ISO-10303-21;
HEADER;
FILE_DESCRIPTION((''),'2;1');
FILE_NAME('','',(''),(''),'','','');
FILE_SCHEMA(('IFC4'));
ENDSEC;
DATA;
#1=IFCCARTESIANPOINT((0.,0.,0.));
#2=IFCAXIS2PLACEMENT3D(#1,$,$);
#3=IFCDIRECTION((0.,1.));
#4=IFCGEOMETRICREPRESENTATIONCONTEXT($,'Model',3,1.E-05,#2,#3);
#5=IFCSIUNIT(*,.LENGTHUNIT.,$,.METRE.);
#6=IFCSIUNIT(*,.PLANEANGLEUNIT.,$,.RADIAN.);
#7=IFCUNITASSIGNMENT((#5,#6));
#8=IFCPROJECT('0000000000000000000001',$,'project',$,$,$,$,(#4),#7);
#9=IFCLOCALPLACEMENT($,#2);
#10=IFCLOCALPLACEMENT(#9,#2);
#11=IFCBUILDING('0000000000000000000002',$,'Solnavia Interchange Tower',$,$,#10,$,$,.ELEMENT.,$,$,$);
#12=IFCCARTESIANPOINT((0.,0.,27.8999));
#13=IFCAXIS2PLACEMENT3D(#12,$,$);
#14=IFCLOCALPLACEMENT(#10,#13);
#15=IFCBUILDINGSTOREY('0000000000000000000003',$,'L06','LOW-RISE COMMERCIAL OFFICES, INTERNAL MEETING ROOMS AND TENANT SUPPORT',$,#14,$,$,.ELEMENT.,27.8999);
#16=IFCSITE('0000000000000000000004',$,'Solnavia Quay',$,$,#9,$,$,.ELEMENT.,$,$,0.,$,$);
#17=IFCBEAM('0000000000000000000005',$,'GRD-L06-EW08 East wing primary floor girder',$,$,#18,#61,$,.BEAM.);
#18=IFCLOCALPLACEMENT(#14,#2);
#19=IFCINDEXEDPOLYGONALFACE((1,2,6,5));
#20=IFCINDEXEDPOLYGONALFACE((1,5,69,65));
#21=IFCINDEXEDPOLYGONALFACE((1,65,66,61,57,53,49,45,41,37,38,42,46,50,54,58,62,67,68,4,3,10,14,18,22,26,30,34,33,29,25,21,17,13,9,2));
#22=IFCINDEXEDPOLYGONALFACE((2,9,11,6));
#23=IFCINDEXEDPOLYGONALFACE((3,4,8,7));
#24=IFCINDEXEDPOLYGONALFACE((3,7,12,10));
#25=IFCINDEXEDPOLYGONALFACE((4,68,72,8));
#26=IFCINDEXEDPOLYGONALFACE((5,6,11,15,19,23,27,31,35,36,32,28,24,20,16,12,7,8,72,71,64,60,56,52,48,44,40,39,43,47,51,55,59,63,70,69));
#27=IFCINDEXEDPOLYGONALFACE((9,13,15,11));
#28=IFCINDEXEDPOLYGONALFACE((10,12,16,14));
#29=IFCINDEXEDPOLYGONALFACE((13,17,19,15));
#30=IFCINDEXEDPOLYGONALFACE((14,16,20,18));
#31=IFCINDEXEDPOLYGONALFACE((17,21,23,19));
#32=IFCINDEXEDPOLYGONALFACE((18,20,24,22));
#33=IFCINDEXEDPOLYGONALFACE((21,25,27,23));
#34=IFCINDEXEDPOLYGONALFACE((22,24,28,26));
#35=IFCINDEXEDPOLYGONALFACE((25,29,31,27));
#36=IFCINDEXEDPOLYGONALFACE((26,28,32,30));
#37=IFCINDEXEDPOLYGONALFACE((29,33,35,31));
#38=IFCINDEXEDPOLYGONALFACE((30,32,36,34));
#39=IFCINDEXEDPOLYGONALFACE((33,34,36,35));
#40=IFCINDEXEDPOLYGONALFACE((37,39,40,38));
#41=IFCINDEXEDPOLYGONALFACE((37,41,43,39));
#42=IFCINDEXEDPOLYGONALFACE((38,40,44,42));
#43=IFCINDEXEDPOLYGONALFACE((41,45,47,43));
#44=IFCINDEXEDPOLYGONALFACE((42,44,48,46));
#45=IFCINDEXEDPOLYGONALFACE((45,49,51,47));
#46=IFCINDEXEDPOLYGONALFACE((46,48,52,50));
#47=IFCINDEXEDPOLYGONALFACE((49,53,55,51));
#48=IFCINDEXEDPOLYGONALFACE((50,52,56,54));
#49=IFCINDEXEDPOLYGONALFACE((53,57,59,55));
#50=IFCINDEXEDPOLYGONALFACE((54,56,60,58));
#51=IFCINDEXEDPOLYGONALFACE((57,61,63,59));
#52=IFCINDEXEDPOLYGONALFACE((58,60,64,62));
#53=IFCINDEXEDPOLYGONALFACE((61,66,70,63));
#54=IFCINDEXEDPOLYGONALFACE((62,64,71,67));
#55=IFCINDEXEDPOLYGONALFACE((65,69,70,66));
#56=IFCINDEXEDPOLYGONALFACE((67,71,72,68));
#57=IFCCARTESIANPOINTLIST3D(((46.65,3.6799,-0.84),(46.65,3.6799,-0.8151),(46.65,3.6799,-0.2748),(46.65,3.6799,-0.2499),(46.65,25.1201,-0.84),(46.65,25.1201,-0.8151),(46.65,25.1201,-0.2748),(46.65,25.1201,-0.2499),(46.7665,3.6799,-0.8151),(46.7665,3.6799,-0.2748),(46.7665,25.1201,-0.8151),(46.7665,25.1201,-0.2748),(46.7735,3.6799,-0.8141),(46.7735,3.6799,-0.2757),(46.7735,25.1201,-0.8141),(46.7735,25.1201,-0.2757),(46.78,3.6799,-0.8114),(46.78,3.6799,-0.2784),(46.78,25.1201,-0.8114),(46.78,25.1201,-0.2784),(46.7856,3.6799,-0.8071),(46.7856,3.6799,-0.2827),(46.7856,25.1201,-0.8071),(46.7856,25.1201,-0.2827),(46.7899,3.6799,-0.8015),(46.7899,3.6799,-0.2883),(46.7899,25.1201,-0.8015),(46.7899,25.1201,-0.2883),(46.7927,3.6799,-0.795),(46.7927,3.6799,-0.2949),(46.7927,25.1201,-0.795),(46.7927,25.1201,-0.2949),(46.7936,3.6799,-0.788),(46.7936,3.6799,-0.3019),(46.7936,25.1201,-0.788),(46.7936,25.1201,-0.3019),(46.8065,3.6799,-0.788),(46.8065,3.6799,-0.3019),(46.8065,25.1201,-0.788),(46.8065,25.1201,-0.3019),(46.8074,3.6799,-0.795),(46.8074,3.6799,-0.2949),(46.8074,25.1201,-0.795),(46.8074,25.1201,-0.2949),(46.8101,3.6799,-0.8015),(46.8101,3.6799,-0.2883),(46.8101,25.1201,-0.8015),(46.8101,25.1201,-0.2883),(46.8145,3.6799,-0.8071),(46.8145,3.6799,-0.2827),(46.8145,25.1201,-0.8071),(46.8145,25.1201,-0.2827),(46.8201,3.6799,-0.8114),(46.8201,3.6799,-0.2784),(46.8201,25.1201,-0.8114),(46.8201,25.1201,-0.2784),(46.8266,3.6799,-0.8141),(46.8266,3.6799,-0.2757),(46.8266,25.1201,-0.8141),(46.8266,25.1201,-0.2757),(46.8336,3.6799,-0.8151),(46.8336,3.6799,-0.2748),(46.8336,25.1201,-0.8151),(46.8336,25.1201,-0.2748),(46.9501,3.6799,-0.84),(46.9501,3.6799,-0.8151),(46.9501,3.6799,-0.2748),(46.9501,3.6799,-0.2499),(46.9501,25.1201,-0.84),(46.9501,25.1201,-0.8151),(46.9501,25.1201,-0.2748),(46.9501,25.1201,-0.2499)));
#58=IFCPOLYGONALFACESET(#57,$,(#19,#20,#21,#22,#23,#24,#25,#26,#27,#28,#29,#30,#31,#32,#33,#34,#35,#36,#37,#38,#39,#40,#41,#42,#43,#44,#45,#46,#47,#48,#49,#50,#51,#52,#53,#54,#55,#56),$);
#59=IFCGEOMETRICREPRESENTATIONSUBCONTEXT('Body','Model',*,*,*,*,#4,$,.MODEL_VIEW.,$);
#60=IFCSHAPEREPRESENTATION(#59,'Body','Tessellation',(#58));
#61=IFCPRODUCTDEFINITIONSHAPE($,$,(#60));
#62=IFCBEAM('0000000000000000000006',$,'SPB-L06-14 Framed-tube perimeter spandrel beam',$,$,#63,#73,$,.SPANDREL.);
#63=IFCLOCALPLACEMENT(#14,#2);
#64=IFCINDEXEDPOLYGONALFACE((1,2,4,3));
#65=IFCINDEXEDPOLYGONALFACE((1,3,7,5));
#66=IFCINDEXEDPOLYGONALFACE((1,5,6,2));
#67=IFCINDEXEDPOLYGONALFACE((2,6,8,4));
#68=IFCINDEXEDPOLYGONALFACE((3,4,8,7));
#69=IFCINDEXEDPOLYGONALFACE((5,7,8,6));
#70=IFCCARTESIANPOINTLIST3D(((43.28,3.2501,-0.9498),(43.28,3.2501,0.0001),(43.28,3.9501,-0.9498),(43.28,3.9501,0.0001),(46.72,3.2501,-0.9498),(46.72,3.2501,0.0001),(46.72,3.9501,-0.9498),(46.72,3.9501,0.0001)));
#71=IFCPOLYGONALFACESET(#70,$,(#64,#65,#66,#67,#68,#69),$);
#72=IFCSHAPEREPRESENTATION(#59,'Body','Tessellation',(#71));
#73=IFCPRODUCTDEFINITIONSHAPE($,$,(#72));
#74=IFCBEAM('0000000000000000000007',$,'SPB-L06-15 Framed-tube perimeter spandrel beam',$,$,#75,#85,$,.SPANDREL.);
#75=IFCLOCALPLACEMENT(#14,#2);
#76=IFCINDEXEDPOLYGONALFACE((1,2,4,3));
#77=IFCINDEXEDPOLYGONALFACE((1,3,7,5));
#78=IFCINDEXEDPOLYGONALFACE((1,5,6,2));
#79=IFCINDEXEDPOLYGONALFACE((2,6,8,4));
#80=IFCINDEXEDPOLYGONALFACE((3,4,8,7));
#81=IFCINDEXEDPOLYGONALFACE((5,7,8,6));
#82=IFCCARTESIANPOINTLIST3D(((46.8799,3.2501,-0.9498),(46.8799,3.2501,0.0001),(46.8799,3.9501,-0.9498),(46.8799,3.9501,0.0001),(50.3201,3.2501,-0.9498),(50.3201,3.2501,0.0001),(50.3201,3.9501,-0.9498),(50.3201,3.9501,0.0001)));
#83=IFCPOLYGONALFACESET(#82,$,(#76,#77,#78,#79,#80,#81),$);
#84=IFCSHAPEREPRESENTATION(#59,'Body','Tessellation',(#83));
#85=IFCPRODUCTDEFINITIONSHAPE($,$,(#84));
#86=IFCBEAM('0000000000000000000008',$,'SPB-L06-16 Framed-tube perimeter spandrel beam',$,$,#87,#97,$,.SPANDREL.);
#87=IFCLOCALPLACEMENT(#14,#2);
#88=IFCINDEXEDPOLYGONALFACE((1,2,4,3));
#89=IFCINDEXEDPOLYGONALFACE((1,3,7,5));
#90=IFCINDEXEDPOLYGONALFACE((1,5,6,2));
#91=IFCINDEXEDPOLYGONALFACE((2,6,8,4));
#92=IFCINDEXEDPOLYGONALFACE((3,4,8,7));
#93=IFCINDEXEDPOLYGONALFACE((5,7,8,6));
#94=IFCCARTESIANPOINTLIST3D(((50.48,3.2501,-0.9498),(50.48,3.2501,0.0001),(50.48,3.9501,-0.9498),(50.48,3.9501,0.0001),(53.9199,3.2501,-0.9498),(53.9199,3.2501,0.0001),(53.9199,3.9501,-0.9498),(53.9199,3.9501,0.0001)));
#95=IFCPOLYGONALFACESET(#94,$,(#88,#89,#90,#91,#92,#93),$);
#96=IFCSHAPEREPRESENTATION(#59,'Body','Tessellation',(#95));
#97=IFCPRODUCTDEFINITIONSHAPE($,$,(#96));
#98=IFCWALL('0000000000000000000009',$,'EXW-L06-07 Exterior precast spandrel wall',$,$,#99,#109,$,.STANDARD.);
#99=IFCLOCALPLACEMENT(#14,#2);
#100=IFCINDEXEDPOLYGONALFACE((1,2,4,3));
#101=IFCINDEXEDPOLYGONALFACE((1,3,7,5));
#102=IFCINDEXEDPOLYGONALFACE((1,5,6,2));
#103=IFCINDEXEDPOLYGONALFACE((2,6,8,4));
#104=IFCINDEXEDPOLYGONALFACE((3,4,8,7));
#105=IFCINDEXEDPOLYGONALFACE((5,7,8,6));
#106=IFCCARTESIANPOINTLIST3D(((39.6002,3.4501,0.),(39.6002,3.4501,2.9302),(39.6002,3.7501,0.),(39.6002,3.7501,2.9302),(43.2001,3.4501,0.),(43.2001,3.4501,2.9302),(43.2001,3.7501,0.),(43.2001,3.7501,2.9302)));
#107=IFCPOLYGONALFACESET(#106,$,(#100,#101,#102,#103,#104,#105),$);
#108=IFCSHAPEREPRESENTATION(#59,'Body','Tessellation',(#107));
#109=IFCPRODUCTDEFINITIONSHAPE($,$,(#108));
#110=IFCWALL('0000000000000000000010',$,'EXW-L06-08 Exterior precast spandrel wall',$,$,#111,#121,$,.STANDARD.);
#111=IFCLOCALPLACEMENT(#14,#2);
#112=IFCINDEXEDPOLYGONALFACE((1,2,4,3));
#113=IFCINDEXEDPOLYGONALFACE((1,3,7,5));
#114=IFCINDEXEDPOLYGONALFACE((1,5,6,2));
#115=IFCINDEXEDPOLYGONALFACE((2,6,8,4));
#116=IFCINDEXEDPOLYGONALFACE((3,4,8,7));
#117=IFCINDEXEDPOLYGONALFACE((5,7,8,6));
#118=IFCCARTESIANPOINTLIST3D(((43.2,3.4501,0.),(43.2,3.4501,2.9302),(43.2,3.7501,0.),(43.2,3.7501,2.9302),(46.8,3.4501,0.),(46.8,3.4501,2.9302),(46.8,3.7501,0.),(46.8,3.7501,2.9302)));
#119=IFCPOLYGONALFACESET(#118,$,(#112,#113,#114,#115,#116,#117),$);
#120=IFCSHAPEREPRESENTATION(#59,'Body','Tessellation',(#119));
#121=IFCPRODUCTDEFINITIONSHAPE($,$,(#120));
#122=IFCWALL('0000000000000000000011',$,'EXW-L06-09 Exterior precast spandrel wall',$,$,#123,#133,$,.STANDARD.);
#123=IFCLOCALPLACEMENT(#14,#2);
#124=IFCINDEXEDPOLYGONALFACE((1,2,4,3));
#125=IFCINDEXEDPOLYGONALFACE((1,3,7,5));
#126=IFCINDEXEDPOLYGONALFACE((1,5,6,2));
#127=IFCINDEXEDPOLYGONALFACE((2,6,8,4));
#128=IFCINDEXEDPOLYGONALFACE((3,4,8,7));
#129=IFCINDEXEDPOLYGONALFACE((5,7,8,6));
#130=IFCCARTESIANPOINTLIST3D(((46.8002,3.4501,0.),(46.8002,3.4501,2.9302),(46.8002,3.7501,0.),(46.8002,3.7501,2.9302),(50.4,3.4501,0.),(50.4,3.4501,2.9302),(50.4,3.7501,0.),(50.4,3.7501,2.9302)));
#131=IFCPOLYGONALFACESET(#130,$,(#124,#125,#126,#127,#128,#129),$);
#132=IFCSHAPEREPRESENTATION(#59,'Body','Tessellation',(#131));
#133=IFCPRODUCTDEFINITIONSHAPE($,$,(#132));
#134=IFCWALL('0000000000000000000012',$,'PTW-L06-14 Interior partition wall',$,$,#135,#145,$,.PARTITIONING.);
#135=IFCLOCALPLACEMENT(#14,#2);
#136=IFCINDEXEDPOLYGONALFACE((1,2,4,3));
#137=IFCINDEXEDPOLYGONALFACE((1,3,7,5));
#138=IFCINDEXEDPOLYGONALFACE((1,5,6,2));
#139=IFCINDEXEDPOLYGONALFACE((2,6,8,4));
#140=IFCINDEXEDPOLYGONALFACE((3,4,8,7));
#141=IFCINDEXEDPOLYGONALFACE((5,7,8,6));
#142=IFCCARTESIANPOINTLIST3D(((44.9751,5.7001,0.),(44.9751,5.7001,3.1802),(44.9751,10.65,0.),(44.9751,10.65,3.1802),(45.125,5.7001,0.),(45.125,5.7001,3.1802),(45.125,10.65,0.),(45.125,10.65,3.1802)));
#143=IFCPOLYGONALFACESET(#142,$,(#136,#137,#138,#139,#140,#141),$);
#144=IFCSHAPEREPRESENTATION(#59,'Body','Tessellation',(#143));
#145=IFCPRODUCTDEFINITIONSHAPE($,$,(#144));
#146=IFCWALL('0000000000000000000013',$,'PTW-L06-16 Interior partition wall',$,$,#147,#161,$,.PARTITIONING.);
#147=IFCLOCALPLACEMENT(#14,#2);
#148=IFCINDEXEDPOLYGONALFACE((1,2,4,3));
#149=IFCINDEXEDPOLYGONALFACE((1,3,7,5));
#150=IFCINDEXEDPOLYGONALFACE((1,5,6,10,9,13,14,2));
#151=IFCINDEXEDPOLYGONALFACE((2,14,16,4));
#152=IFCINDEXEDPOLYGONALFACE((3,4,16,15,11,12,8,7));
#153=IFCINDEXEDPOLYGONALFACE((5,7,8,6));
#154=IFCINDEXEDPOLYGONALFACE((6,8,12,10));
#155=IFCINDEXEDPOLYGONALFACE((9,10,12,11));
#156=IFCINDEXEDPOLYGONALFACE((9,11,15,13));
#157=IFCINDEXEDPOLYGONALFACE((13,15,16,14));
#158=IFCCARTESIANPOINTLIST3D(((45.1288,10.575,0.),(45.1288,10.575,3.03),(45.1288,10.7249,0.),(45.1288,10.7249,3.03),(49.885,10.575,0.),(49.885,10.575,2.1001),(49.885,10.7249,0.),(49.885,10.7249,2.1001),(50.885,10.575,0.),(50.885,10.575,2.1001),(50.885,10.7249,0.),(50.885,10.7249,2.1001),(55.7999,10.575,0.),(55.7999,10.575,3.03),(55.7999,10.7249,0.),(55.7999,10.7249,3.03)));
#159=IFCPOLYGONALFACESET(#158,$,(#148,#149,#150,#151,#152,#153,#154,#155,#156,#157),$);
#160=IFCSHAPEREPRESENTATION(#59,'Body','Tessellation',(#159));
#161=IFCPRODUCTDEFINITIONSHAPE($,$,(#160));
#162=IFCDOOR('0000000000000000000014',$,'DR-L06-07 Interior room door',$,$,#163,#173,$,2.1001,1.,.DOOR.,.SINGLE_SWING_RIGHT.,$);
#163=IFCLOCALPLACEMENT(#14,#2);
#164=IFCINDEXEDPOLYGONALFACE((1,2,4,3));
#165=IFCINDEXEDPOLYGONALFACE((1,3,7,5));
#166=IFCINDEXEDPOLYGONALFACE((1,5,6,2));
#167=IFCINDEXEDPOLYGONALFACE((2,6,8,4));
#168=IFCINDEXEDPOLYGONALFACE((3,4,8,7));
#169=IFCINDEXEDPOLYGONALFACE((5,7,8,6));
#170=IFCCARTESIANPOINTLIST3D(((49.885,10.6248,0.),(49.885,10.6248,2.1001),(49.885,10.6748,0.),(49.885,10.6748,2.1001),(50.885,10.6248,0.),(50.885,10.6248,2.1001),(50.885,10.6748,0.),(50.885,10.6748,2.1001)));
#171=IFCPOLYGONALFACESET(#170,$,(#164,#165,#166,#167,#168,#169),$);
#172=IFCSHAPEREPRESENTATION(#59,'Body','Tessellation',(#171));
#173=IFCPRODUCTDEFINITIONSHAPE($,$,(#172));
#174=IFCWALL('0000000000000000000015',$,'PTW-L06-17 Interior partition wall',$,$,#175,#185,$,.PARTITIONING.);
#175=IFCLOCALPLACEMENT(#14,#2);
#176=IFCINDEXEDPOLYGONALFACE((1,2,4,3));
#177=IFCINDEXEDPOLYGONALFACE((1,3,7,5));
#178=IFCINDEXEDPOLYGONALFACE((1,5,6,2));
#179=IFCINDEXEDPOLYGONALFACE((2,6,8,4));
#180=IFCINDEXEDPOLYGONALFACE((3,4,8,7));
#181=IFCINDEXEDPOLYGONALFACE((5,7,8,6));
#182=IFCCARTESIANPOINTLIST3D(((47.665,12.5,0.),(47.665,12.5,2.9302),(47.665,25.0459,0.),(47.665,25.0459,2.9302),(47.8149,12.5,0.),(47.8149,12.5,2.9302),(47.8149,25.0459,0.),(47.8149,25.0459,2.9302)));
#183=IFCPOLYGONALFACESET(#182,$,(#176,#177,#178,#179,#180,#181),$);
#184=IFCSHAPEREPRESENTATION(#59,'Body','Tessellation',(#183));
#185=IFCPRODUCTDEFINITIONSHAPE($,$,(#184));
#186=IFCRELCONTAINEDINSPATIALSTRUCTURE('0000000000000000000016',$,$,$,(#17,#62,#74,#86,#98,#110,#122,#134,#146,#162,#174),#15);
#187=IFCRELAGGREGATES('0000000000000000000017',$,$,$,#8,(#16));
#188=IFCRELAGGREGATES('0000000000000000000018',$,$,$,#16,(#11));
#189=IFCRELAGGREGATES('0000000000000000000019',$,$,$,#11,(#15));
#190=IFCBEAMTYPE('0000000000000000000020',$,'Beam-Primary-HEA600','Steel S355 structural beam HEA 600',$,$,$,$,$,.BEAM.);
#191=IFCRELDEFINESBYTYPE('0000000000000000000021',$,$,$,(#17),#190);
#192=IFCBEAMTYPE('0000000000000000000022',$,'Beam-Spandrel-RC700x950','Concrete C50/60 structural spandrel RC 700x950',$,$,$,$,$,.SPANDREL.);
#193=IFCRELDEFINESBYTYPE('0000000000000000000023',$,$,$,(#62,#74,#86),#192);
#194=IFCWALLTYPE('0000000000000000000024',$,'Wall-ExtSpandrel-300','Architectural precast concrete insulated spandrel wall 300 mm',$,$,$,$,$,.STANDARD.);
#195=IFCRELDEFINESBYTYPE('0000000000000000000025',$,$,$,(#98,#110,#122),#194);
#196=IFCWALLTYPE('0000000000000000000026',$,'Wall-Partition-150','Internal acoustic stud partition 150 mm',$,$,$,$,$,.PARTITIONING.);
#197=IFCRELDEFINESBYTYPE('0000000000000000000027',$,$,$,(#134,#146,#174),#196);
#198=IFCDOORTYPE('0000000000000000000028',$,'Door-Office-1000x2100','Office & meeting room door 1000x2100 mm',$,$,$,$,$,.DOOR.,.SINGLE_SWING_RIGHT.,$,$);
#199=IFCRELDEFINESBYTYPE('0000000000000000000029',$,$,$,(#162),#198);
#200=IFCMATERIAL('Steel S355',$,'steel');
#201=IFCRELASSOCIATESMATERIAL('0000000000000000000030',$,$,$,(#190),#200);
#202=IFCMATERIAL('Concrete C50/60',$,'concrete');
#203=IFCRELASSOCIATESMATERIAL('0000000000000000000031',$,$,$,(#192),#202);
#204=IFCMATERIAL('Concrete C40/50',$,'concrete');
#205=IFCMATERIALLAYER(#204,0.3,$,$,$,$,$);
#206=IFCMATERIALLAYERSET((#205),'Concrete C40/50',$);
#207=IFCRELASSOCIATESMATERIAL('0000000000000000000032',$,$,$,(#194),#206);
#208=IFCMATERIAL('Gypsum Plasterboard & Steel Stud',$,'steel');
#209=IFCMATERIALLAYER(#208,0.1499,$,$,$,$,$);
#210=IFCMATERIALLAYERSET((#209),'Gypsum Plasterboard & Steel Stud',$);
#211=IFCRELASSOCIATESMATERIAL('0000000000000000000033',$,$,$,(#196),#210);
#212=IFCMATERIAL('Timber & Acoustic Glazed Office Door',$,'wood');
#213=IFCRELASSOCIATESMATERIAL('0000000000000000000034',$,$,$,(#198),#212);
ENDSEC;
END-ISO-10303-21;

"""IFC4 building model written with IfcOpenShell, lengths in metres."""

from ifc_helpers import new_model, si_unit, direction, frame, frame_2d, origin, origin_2d, place, context, subcontext, project, spatial, rectangle, i_section, extrude, material, layer, layer_set, material_profile, profile_set, type_object, element, fill, save


model = new_model("IFC4")

# Units and contexts
model_context = context("Model", 3, precision=1e-05, world=origin(), true_north=direction((0.0, 1.0)))
body_context = subcontext(model_context, "Body", "Model", "MODEL_VIEW")
ifc_project = project(units=[si_unit("LENGTHUNIT", "METRE"), si_unit("PLANEANGLEUNIT", "RADIAN")], contexts=[model_context])

# Site, building, storey
site_placement = place(None, origin())
site = spatial("IfcSite", under=ifc_project, at=site_placement, Name="Solnavia Quay", CompositionType="ELEMENT", RefElevation=0.0)
building_placement = place(site_placement, origin())
building = spatial("IfcBuilding", under=site, at=building_placement, Name="Solnavia Interchange Tower", CompositionType="ELEMENT")
storey_placement = place(building_placement, frame((0.0, 0.0, 27.8999)))
storey = spatial("IfcBuildingStorey", under=building, at=storey_placement, Name="L06", Description="LOW-RISE COMMERCIAL OFFICES, INTERNAL MEETING ROOMS AND TENANT SUPPORT", CompositionType="ELEMENT", Elevation=27.8999)

# Shared definitions
ifc_material_1 = material(Name="Steel S355", Category="steel")

# Beams
ifc_material_profile_1 = material_profile(ifc_material_1, i_section(OverallWidth=0.3, OverallDepth=0.5901, WebThickness=0.0129, FlangeThickness=0.0249, FilletRadius=0.0271, at=origin_2d()), Name="HEA 600")
ifc_profile_set_1 = profile_set([ifc_material_profile_1], Name="Steel S355")
beam_type_1 = type_object("IfcBeamType", Name="Beam-Primary-HEA600", Description="Steel S355 structural beam HEA 600", PredefinedType="BEAM", material=ifc_profile_set_1)
beam_1_placement = place(storey_placement, frame((46.8, 3.6799, -0.5449), z_axis=(0.0, 1.0, 0.0), x_axis=(-1.0, 0.0, 0.0)))
element("IfcBeam", 1, at=beam_1_placement, inside=storey, type_object=beam_type_1, Name="GRD-L06-EW08 East wing primary floor girder", PredefinedType="BEAM", context=body_context, shape_type="SweptSolid", body=[
    extrude(i_section(OverallWidth=0.3, OverallDepth=0.5901, WebThickness=0.0129, FlangeThickness=0.0249, FilletRadius=0.0271, at=origin_2d()), origin(), (0.0, 0.0, 1.0), 21.4402),
])
ifc_material_2 = material(Name="Concrete C50/60", Category="concrete")
ifc_material_profile_2 = material_profile(ifc_material_2, rectangle(XDim=0.7, YDim=0.95, at=origin_2d()), Name="RC 700x950")
ifc_profile_set_2 = profile_set([ifc_material_profile_2], Name="Concrete C50/60")
beam_type_2 = type_object("IfcBeamType", Name="Beam-Spandrel-RC700x950", Description="Concrete C50/60 structural spandrel RC 700x950", PredefinedType="SPANDREL", material=ifc_profile_set_2)
beam_2_placement = place(storey_placement, frame((43.28, 3.6001, -0.4749), z_axis=(1.0, 0.0, 0.0), x_axis=(0.0, 1.0, 0.0)))
element("IfcBeam", 2, at=beam_2_placement, inside=storey, type_object=beam_type_2, Name="SPB-L06-14 Framed-tube perimeter spandrel beam", PredefinedType="SPANDREL", context=body_context, shape_type="SweptSolid", body=[
    extrude(rectangle(XDim=0.7, YDim=0.95, at=origin_2d()), origin(), (0.0, 0.0, 1.0), 3.4399),
])
beam_3_placement = place(storey_placement, frame((46.8799, 3.6001, -0.4749), z_axis=(1.0, 0.0, 0.0), x_axis=(0.0, 1.0, 0.0)))
element("IfcBeam", 3, at=beam_3_placement, inside=storey, type_object=beam_type_2, Name="SPB-L06-15 Framed-tube perimeter spandrel beam", PredefinedType="SPANDREL", context=body_context, shape_type="SweptSolid", body=[
    extrude(rectangle(XDim=0.7, YDim=0.95, at=origin_2d()), origin(), (0.0, 0.0, 1.0), 3.4402),
])
beam_4_placement = place(storey_placement, frame((50.48, 3.6001, -0.4749), z_axis=(1.0, 0.0, 0.0), x_axis=(0.0, 1.0, 0.0)))
element("IfcBeam", 4, at=beam_4_placement, inside=storey, type_object=beam_type_2, Name="SPB-L06-16 Framed-tube perimeter spandrel beam", PredefinedType="SPANDREL", context=body_context, shape_type="SweptSolid", body=[
    extrude(rectangle(XDim=0.7, YDim=0.95, at=origin_2d()), origin(), (0.0, 0.0, 1.0), 3.4399),
])

# Walls
ifc_material_3 = material(Name="Concrete C40/50", Category="concrete")
ifc_layer_1 = layer(ifc_material_3, 0.3)
ifc_layer_set_1 = layer_set([ifc_layer_1], Name="Concrete C40/50")
wall_type_1 = type_object("IfcWallType", Name="Wall-ExtSpandrel-300", Description="Architectural precast concrete insulated spandrel wall 300 mm", PredefinedType="STANDARD", material=ifc_layer_set_1)
wall_1_placement = place(storey_placement, frame((43.2, 3.6001, 0.0), z_axis=(0.0, 0.0, 1.0), x_axis=(-1.0, 0.0, 0.0)))
element("IfcWall", 5, at=wall_1_placement, inside=storey, type_object=wall_type_1, Name="EXW-L06-07 Exterior precast spandrel wall", PredefinedType="STANDARD", context=body_context, shape_type="SweptSolid", body=[
    extrude(rectangle(XDim=3.5999, YDim=0.3, at=frame_2d((1.7998, 0.0))), origin(), (0.0, 0.0, 1.0), 2.9302),
])
wall_2_placement = place(storey_placement, frame((46.8, 3.6001, 0.0), z_axis=(0.0, 0.0, 1.0), x_axis=(-1.0, 0.0, 0.0)))
element("IfcWall", 6, at=wall_2_placement, inside=storey, type_object=wall_type_1, Name="EXW-L06-08 Exterior precast spandrel wall", PredefinedType="STANDARD", context=body_context, shape_type="SweptSolid", body=[
    extrude(rectangle(XDim=3.6001, YDim=0.3, at=frame_2d((1.8, 0.0))), origin(), (0.0, 0.0, 1.0), 2.9302),
])
wall_3_placement = place(storey_placement, frame((50.3999, 3.6001, 0.0), z_axis=(0.0, 0.0, 1.0), x_axis=(-1.0, 0.0, 0.0)))
element("IfcWall", 7, at=wall_3_placement, inside=storey, type_object=wall_type_1, Name="EXW-L06-09 Exterior precast spandrel wall", PredefinedType="STANDARD", context=body_context, shape_type="SweptSolid", body=[
    extrude(rectangle(XDim=3.5999, YDim=0.3, at=frame_2d((1.7998, 0.0))), origin(), (0.0, 0.0, 1.0), 2.9302),
])
ifc_material_4 = material(Name="Gypsum Plasterboard & Steel Stud", Category="steel")
ifc_layer_2 = layer(ifc_material_4, 0.1499)
ifc_layer_set_2 = layer_set([ifc_layer_2], Name="Gypsum Plasterboard & Steel Stud")
wall_type_2 = type_object("IfcWallType", Name="Wall-Partition-150", Description="Internal acoustic stud partition 150 mm", PredefinedType="PARTITIONING", material=ifc_layer_set_2)
wall_4_placement = place(storey_placement, frame((45.05, 5.7, 0.0), z_axis=(0.0, 0.0, 1.0), x_axis=(0.0, 1.0, 0.0)))
element("IfcWall", 8, at=wall_4_placement, inside=storey, type_object=wall_type_2, Name="PTW-L06-14 Interior partition wall", PredefinedType="PARTITIONING", context=body_context, shape_type="SweptSolid", body=[
    extrude(rectangle(XDim=4.95, YDim=0.1499, at=frame_2d((2.4751, 0.0))), origin(), (0.0, 0.0, 1.0), 3.1802),
])

# Wall, opening, door
wall_5_placement = place(storey_placement, frame((45.1289, 10.6499, 0.0), z_axis=(0.0, 0.0, 1.0), x_axis=(1.0, 0.0, 0.0)))
wall_5 = element("IfcWall", 9, at=wall_5_placement, inside=storey, type_object=wall_type_2, Name="PTW-L06-16 Interior partition wall", PredefinedType="PARTITIONING", context=body_context, shape_type="SweptSolid", body=[
    extrude(rectangle(XDim=10.6711, YDim=0.1499, at=frame_2d((5.3354, 0.0))), origin(), (0.0, 0.0, 1.0), 3.03),
])
opening_1_placement = place(wall_5_placement, frame((4.7561, 0.0, 0.0)))
opening_1 = element("IfcOpeningElement", 10, at=opening_1_placement, cuts=wall_5, PredefinedType="OPENING", context=body_context, shape_type="SweptSolid", body=[
    extrude(rectangle(XDim=1.0, YDim=2.1001, at=frame_2d((0.5, 1.05))), frame((0.0, 0.085, 0.0), z_axis=(0.0, -1.0, 0.0), x_axis=(1.0, 0.0, 0.0)), (0.0, 0.0, 1.0), 0.1699),
])
ifc_material_5 = material(Name="Timber & Acoustic Glazed Office Door", Category="wood")
door_type = type_object("IfcDoorType", Name="Door-Office-1000x2100", Description="Office & meeting room door 1000x2100 mm", OperationType="SINGLE_SWING_RIGHT", PredefinedType="DOOR", material=ifc_material_5)
door_1_placement = place(opening_1_placement, origin())
door_1 = element("IfcDoor", 11, at=door_1_placement, inside=storey, type_object=door_type, Name="DR-L06-07 Interior room door", OperationType="SINGLE_SWING_RIGHT", OverallHeight=2.1001, OverallWidth=1.0, PredefinedType="DOOR", context=body_context, shape_type="SweptSolid", body=[
    extrude(rectangle(XDim=1.0, YDim=2.1001, at=frame_2d((0.5, 1.05))), frame((0.0, 0.0249, 0.0), z_axis=(0.0, -1.0, 0.0), x_axis=(1.0, 0.0, 0.0)), (0.0, 0.0, 1.0), 0.05),
])
fill(opening_1, door_1)

# Wall
wall_6_placement = place(storey_placement, frame((47.74, 12.5, 0.0), z_axis=(0.0, 0.0, 1.0), x_axis=(0.0, 1.0, 0.0)))
element("IfcWall", 12, at=wall_6_placement, inside=storey, type_object=wall_type_2, Name="PTW-L06-17 Interior partition wall", PredefinedType="PARTITIONING", context=body_context, shape_type="SweptSolid", body=[
    extrude(rectangle(XDim=12.5459, YDim=0.1499, at=frame_2d((6.2729, 0.0))), origin(), (0.0, 0.0, 1.0), 2.9302),
])

save(model, "model.ifc")
